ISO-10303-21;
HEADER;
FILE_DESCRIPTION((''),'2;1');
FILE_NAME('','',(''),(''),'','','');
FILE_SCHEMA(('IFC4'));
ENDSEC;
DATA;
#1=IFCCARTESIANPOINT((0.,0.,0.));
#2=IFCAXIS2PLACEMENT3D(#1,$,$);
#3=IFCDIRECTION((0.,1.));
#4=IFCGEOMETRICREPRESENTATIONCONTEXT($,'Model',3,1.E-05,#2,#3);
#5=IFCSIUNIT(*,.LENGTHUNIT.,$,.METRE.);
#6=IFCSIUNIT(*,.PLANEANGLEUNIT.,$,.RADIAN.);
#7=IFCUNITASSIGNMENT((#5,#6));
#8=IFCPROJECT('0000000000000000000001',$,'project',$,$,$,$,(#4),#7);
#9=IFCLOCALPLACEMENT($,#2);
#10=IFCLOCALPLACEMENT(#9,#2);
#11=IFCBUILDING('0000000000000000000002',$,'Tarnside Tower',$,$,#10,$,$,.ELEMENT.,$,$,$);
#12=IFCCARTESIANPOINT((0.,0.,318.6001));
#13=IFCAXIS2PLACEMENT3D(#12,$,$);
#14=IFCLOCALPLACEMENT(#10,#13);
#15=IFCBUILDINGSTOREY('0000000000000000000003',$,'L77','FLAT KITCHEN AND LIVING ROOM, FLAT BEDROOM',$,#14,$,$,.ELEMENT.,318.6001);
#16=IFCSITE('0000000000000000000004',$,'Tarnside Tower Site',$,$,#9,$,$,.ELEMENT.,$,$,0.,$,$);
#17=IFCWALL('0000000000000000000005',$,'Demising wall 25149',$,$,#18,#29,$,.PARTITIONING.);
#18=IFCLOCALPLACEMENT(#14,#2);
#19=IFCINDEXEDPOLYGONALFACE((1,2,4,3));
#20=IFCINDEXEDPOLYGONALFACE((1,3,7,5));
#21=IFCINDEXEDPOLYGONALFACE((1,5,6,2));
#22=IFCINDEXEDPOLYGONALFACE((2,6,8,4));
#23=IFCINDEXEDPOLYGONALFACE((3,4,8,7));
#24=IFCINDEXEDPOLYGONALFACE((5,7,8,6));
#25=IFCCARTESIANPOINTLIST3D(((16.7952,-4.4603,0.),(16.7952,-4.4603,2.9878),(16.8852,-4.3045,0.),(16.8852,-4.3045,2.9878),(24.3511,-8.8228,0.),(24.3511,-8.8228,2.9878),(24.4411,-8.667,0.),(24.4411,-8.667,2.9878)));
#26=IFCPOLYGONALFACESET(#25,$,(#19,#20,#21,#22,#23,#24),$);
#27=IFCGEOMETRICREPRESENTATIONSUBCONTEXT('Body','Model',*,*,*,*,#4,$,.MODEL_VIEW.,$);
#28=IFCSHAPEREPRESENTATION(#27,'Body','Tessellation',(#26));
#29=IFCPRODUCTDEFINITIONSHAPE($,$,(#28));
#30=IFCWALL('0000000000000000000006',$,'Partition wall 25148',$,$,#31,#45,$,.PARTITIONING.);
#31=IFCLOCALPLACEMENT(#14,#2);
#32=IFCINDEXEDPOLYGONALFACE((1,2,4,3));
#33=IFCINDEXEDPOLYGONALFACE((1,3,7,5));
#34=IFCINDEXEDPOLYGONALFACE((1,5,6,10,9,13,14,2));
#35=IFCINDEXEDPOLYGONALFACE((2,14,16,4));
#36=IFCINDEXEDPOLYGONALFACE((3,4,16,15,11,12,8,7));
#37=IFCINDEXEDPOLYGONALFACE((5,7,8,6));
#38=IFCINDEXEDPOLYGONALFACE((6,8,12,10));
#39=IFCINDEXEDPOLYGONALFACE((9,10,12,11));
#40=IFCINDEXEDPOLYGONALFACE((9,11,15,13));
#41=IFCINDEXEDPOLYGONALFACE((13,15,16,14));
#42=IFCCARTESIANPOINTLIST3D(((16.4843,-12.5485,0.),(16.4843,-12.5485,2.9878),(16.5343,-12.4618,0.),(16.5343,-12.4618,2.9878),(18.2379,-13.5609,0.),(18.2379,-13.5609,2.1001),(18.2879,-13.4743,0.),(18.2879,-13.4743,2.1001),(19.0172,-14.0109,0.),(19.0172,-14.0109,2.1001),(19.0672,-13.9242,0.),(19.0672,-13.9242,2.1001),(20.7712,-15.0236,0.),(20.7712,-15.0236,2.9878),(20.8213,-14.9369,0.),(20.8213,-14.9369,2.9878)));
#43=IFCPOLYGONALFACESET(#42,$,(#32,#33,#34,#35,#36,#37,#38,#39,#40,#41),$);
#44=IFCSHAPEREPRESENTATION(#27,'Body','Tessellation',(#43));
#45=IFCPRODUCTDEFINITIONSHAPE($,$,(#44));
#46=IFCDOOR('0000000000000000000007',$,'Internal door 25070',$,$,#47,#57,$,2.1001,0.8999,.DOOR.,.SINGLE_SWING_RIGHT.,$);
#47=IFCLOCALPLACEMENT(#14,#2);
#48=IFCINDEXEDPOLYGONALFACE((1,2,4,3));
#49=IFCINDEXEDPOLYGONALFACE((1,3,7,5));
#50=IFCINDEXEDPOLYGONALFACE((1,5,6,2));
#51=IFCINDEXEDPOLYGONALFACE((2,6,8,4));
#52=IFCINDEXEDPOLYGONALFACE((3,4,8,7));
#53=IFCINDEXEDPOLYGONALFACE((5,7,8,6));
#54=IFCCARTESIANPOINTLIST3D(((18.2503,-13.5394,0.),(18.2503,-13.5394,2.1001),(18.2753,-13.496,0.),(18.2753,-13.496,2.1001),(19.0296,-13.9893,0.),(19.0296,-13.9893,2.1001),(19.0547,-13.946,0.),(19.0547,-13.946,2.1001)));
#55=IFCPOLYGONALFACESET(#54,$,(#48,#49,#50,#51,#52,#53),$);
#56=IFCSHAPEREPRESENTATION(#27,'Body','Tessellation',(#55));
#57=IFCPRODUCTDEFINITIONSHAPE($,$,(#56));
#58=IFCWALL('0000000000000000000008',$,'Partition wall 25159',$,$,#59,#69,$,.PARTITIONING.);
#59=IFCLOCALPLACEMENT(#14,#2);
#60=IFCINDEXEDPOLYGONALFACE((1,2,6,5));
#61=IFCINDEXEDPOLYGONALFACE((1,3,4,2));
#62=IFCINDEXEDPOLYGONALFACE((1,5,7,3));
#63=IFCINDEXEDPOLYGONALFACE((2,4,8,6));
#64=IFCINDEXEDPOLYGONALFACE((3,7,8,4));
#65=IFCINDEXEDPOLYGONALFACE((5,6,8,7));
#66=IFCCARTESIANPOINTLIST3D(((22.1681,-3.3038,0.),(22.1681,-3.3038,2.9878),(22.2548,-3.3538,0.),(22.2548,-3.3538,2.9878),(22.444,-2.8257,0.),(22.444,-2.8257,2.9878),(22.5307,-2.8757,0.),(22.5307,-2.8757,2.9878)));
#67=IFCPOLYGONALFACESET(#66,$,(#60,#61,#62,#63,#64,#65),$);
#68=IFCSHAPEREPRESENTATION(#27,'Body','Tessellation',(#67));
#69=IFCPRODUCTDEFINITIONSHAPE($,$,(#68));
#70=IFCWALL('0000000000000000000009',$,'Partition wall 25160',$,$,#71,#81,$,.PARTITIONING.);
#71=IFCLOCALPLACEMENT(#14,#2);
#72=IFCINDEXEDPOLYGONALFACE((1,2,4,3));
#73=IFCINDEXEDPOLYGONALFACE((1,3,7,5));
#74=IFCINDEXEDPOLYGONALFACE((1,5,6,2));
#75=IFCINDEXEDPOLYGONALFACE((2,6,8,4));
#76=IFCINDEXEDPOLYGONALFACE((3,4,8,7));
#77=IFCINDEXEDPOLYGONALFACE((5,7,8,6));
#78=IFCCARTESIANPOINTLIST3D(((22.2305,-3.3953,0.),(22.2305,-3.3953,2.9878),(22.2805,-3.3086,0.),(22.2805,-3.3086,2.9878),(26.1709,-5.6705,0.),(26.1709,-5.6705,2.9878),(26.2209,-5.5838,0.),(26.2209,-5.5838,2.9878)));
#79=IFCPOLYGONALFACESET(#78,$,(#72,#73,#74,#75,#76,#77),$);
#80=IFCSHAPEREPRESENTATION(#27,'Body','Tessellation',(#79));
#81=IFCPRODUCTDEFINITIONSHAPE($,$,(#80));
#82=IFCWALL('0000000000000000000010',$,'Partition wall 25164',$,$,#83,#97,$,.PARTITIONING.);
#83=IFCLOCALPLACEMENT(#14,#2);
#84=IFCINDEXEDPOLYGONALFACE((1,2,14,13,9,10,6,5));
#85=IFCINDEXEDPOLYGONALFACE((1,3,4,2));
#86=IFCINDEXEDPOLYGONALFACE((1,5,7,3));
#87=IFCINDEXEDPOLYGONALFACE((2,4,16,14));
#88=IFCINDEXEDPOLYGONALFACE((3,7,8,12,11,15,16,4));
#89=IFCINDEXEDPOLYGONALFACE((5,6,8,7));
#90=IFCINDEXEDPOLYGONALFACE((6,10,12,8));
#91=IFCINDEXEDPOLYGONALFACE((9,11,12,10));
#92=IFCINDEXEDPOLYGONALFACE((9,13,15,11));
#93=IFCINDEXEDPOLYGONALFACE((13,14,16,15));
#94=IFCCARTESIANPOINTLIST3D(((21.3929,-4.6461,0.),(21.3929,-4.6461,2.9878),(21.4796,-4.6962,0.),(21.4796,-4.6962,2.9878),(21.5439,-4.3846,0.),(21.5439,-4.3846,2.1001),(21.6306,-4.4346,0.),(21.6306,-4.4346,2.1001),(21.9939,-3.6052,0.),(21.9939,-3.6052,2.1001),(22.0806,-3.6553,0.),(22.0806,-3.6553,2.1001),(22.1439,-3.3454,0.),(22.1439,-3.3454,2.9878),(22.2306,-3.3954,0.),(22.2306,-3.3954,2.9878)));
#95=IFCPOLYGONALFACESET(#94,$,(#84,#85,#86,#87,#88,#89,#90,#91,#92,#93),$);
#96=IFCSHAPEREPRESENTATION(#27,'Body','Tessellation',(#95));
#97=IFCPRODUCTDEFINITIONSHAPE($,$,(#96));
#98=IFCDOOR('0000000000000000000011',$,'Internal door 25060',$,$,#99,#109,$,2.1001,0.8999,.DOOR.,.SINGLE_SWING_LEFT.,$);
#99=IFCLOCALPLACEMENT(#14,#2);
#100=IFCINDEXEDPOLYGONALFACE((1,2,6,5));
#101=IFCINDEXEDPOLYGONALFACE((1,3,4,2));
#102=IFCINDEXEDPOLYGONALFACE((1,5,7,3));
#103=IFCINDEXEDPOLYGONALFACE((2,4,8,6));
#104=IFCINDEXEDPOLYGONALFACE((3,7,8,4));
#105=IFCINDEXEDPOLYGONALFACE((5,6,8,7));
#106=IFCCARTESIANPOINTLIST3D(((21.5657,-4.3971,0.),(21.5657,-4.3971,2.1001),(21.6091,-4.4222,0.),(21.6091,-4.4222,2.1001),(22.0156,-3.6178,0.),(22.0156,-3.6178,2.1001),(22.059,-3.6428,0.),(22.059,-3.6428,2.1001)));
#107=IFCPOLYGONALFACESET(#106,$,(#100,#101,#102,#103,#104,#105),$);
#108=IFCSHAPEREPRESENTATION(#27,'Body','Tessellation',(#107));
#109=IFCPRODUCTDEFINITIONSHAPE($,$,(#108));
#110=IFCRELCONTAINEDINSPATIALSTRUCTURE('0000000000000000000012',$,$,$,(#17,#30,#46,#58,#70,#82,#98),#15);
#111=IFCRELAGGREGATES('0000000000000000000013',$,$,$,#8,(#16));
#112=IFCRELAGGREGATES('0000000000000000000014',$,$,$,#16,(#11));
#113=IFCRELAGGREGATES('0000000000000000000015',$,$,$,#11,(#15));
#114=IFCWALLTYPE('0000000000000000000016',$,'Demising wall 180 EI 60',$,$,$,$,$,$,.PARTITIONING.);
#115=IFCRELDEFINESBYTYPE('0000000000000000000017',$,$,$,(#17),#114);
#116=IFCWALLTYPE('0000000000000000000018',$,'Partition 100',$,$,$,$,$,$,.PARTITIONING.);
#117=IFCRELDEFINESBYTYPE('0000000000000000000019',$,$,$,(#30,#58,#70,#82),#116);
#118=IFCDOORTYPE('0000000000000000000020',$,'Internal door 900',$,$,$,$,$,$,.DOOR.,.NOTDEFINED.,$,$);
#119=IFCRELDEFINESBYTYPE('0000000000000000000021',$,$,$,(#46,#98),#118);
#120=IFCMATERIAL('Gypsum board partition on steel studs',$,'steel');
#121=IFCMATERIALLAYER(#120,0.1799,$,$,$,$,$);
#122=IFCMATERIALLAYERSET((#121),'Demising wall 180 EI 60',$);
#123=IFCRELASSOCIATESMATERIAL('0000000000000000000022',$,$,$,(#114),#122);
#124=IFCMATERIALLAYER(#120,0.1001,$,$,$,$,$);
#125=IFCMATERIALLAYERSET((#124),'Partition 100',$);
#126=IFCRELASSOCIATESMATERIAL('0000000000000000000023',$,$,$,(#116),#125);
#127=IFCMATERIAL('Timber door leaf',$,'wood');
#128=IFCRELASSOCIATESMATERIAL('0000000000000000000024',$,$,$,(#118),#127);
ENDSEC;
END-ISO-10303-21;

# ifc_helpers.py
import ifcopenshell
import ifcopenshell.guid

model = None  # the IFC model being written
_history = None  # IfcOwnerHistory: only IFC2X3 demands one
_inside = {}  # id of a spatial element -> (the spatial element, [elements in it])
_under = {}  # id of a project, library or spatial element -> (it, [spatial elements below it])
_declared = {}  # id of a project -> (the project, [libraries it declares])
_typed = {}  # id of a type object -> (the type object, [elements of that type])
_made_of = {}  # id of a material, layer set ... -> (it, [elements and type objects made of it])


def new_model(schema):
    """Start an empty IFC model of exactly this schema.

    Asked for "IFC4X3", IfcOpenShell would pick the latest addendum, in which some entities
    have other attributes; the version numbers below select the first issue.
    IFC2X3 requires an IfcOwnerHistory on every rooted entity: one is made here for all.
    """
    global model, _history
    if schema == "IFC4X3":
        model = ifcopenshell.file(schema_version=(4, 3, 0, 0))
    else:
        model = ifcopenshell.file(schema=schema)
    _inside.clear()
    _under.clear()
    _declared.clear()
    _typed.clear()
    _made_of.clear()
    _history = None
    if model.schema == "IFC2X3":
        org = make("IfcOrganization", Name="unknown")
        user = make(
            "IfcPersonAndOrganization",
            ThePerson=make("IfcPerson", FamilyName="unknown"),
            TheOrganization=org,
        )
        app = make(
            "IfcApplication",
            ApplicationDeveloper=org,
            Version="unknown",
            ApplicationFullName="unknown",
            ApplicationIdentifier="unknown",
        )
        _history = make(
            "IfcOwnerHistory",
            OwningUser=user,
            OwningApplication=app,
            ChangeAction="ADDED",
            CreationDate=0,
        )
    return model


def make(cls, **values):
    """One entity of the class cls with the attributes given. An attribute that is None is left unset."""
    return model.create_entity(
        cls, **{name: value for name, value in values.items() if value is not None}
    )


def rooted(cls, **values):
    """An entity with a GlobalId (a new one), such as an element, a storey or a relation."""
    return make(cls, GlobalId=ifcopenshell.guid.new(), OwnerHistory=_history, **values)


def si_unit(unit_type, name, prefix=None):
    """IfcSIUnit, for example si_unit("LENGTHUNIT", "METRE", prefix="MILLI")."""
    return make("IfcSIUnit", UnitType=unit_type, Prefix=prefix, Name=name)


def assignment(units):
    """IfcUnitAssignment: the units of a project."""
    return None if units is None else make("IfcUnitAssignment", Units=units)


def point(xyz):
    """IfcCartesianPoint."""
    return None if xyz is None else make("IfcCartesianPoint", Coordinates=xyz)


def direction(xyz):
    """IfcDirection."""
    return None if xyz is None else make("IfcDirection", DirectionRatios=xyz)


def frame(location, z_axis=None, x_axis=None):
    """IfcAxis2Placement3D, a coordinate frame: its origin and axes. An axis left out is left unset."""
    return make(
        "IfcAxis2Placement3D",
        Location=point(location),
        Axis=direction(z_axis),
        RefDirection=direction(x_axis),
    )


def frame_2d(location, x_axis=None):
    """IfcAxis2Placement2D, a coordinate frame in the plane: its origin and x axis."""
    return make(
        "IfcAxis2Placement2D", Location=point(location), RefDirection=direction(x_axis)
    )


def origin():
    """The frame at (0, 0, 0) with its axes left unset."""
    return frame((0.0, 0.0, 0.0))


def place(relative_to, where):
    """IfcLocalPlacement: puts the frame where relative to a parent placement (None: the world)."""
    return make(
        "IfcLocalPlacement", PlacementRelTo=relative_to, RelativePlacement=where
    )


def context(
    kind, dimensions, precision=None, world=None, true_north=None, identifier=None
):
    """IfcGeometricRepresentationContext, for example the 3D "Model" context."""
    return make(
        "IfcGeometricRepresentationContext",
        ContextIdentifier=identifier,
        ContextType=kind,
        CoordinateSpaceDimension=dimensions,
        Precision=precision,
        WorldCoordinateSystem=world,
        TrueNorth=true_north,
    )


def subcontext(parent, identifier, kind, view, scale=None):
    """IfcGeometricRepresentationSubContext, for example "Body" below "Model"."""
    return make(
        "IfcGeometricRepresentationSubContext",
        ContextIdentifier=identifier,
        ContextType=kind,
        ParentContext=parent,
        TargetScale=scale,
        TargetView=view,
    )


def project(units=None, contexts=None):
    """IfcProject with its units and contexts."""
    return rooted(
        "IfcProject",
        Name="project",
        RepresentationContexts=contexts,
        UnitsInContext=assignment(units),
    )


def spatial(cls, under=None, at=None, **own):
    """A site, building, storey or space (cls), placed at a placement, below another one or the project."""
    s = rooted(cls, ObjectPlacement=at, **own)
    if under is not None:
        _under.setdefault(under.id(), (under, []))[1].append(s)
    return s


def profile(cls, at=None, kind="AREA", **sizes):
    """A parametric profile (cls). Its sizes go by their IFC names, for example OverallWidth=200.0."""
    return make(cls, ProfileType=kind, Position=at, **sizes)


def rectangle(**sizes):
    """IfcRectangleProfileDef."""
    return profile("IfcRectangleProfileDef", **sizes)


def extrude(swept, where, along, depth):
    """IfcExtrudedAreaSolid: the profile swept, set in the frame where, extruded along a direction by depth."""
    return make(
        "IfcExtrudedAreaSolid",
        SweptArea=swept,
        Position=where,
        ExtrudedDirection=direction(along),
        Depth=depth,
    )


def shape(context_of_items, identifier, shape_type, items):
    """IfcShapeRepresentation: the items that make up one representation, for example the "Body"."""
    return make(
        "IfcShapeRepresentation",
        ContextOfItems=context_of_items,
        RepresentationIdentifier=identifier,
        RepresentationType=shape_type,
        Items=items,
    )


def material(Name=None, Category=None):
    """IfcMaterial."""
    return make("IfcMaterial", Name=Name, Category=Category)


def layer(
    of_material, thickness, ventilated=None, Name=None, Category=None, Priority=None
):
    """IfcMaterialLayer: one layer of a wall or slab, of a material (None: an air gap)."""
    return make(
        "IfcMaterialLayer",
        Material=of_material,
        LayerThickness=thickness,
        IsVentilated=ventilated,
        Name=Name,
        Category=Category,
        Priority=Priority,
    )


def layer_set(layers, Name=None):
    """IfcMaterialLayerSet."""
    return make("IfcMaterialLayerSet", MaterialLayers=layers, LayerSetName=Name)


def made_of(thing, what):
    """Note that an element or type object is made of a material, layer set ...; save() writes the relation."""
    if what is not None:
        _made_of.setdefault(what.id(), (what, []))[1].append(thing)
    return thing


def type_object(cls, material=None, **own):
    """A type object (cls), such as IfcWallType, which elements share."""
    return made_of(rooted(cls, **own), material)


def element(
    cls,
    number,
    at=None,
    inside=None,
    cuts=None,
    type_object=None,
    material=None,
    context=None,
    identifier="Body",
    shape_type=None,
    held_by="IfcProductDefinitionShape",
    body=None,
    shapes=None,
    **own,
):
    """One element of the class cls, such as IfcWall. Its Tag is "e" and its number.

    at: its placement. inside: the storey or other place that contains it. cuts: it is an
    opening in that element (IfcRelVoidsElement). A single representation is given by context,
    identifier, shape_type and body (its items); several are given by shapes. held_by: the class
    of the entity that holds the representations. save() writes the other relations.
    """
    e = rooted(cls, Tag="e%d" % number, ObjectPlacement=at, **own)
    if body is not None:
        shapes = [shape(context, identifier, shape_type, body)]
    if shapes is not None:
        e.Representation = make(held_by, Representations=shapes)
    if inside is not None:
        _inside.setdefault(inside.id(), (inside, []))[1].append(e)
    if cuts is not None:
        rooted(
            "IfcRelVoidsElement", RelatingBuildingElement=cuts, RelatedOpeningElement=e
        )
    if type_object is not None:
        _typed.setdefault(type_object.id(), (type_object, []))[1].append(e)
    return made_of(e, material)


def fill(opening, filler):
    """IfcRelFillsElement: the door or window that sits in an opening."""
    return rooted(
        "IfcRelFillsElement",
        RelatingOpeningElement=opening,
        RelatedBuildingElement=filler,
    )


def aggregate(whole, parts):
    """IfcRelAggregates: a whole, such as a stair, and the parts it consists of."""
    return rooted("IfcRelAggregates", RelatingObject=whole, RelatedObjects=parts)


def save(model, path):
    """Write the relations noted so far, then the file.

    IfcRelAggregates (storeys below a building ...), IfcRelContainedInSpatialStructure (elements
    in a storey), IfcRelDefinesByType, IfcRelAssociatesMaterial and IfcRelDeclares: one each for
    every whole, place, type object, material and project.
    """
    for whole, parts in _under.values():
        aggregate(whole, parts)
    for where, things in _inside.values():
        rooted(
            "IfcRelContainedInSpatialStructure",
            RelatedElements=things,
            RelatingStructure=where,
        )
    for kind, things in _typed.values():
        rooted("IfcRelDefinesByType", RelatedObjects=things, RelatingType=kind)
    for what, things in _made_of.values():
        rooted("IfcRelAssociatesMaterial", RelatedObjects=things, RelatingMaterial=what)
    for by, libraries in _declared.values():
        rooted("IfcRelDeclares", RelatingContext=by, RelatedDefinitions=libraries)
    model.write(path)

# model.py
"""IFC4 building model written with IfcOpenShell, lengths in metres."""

from ifc_helpers import new_model, si_unit, direction, frame, frame_2d, origin, place, context, subcontext, project, spatial, rectangle, extrude, material, layer, layer_set, type_object, element, fill, save


model = new_model("IFC4")

# Units and contexts
model_context = context("Model", 3, precision=1e-05, world=origin(), true_north=direction((0.0, 1.0)))
body_context = subcontext(model_context, "Body", "Model", "MODEL_VIEW")
ifc_project = project(units=[si_unit("LENGTHUNIT", "METRE"), si_unit("PLANEANGLEUNIT", "RADIAN")], contexts=[model_context])

# Site, building, storey
site_placement = place(None, origin())
site = spatial("IfcSite", under=ifc_project, at=site_placement, Name="Tarnside Tower Site", CompositionType="ELEMENT", RefElevation=0.0)
building_placement = place(site_placement, origin())
building = spatial("IfcBuilding", under=site, at=building_placement, Name="Tarnside Tower", CompositionType="ELEMENT")
storey_placement = place(building_placement, frame((0.0, 0.0, 318.6001)))
storey = spatial("IfcBuildingStorey", under=building, at=storey_placement, Name="L77", Description="FLAT KITCHEN AND LIVING ROOM, FLAT BEDROOM", CompositionType="ELEMENT", Elevation=318.6001)

# Shared definitions
ifc_material_1 = material(Name="Gypsum board partition on steel studs", Category="steel")

# Shared definitions
ifc_material_2 = material(Name="Timber door leaf", Category="wood")

# Wall
ifc_layer_1 = layer(ifc_material_1, 0.1799)
ifc_layer_set_1 = layer_set([ifc_layer_1], Name="Demising wall 180 EI 60")
wall_type_1 = type_object("IfcWallType", Name="Demising wall 180 EI 60", PredefinedType="PARTITIONING", material=ifc_layer_set_1)
wall_1_placement = place(storey_placement, frame((24.396, -8.7449, 0.0), z_axis=(0.0, 0.0, 1.0), x_axis=(-0.866018, 0.500012, 0.0)))
element("IfcWall", 1, at=wall_1_placement, inside=storey, type_object=wall_type_1, Name="Demising wall 25149", PredefinedType="PARTITIONING", context=body_context, shape_type="SweptSolid", body=[
    extrude(rectangle(XDim=8.7249, YDim=0.1799, at=frame_2d((4.3623, 0.0))), origin(), (0.0, 0.0, 1.0), 2.9878),
])

# Wall, opening, door
ifc_layer_2 = layer(ifc_material_1, 0.1001)
ifc_layer_set_2 = layer_set([ifc_layer_2], Name="Partition 100")
wall_type_2 = type_object("IfcWallType", Name="Partition 100", PredefinedType="PARTITIONING", material=ifc_layer_set_2)
wall_2_placement = place(storey_placement, frame((16.5093, -12.5051, 0.0), z_axis=(0.0, 0.0, 1.0), x_axis=(0.866019, -0.500011, 0.0)))
wall_2 = element("IfcWall", 2, at=wall_2_placement, inside=storey, type_object=wall_type_2, Name="Partition wall 25148", PredefinedType="PARTITIONING", context=body_context, shape_type="SweptSolid", body=[
    extrude(rectangle(XDim=4.9502, YDim=0.1001, at=frame_2d((2.4751, 0.0))), origin(), (0.0, 0.0, 1.0), 2.9878),
])
opening_1_placement = place(wall_2_placement, frame((2.0249, 0.0, 0.0)))
opening_1 = element("IfcOpeningElement", 3, at=opening_1_placement, cuts=wall_2, PredefinedType="OPENING", context=body_context, shape_type="SweptSolid", body=[
    extrude(rectangle(XDim=0.8999, YDim=2.1001, at=frame_2d((0.45, 1.05))), frame((0.0, 0.0601, 0.0), z_axis=(0.0, -1.0, 0.0), x_axis=(1.0, 0.0, 0.0)), (0.0, 0.0, 1.0), 0.1201),
])
door_type_1 = type_object("IfcDoorType", Name="Internal door 900", OperationType="NOTDEFINED", PredefinedType="DOOR", material=ifc_material_2)
door_1_placement = place(opening_1_placement, origin())
door_1 = element("IfcDoor", 4, at=door_1_placement, inside=storey, type_object=door_type_1, Name="Internal door 25070", OperationType="SINGLE_SWING_RIGHT", OverallHeight=2.1001, OverallWidth=0.8999, PredefinedType="DOOR", context=body_context, shape_type="SweptSolid", body=[
    extrude(rectangle(XDim=0.8999, YDim=2.1001, at=frame_2d((0.45, 1.05))), frame((0.0, 0.0249, 0.0), z_axis=(0.0, -1.0, 0.0), x_axis=(1.0, 0.0, 0.0)), (0.0, 0.0, 1.0), 0.05),
])
fill(opening_1, door_1)

# Walls
wall_3_placement = place(storey_placement, frame((22.4873, -2.8508, 0.0), z_axis=(0.0, 0.0, 1.0), x_axis=(-0.49985, -0.866112, 0.0)))
element("IfcWall", 5, at=wall_3_placement, inside=storey, type_object=wall_type_2, Name="Partition wall 25159", PredefinedType="PARTITIONING", context=body_context, shape_type="SweptSolid", body=[
    extrude(rectangle(XDim=0.552, YDim=0.1001, at=frame_2d((0.2759, 0.0))), origin(), (0.0, 0.0, 1.0), 2.9878),
])
wall_4_placement = place(storey_placement, frame((22.2556, -3.3521, 0.0), z_axis=(0.0, 0.0, 1.0), x_axis=(0.866012, -0.500023, 0.0)))
element("IfcWall", 6, at=wall_4_placement, inside=storey, type_object=wall_type_2, Name="Partition wall 25160", PredefinedType="PARTITIONING", context=body_context, shape_type="SweptSolid", body=[
    extrude(rectangle(XDim=4.55, YDim=0.1001, at=frame_2d((2.2749, 0.0))), origin(), (0.0, 0.0, 1.0), 2.9878),
])

# Wall, opening, door
wall_5_placement = place(storey_placement, frame((21.4363, -4.6711, 0.0), z_axis=(0.0, 0.0, 1.0), x_axis=(0.499985, 0.866034, 0.0)))
wall_5 = element("IfcWall", 7, at=wall_5_placement, inside=storey, type_object=wall_type_2, Name="Partition wall 25164", PredefinedType="PARTITIONING", context=body_context, shape_type="SweptSolid", body=[
    extrude(rectangle(XDim=1.502, YDim=0.1001, at=frame_2d((0.751, 0.0))), origin(), (0.0, 0.0, 1.0), 2.9878),
])
opening_2_placement = place(wall_5_placement, frame((0.302, 0.0, 0.0)))
opening_2 = element("IfcOpeningElement", 8, at=opening_2_placement, cuts=wall_5, PredefinedType="OPENING", context=body_context, shape_type="SweptSolid", body=[
    extrude(rectangle(XDim=0.8999, YDim=2.1001, at=frame_2d((0.45, 1.05))), frame((0.0, 0.0601, 0.0), z_axis=(0.0, -1.0, 0.0), x_axis=(1.0, 0.0, 0.0)), (0.0, 0.0, 1.0), 0.1201),
])
door_2_placement = place(opening_2_placement, origin())
door_2 = element("IfcDoor", 9, at=door_2_placement, inside=storey, type_object=door_type_1, Name="Internal door 25060", OperationType="SINGLE_SWING_LEFT", OverallHeight=2.1001, OverallWidth=0.8999, PredefinedType="DOOR", context=body_context, shape_type="SweptSolid", body=[
    extrude(rectangle(XDim=0.8999, YDim=2.1001, at=frame_2d((0.45, 1.05))), frame((0.0, 0.0249, 0.0), z_axis=(0.0, -1.0, 0.0), x_axis=(1.0, 0.0, 0.0)), (0.0, 0.0, 1.0), 0.05),
])
fill(opening_2, door_2)

save(model, "model.ifc")
